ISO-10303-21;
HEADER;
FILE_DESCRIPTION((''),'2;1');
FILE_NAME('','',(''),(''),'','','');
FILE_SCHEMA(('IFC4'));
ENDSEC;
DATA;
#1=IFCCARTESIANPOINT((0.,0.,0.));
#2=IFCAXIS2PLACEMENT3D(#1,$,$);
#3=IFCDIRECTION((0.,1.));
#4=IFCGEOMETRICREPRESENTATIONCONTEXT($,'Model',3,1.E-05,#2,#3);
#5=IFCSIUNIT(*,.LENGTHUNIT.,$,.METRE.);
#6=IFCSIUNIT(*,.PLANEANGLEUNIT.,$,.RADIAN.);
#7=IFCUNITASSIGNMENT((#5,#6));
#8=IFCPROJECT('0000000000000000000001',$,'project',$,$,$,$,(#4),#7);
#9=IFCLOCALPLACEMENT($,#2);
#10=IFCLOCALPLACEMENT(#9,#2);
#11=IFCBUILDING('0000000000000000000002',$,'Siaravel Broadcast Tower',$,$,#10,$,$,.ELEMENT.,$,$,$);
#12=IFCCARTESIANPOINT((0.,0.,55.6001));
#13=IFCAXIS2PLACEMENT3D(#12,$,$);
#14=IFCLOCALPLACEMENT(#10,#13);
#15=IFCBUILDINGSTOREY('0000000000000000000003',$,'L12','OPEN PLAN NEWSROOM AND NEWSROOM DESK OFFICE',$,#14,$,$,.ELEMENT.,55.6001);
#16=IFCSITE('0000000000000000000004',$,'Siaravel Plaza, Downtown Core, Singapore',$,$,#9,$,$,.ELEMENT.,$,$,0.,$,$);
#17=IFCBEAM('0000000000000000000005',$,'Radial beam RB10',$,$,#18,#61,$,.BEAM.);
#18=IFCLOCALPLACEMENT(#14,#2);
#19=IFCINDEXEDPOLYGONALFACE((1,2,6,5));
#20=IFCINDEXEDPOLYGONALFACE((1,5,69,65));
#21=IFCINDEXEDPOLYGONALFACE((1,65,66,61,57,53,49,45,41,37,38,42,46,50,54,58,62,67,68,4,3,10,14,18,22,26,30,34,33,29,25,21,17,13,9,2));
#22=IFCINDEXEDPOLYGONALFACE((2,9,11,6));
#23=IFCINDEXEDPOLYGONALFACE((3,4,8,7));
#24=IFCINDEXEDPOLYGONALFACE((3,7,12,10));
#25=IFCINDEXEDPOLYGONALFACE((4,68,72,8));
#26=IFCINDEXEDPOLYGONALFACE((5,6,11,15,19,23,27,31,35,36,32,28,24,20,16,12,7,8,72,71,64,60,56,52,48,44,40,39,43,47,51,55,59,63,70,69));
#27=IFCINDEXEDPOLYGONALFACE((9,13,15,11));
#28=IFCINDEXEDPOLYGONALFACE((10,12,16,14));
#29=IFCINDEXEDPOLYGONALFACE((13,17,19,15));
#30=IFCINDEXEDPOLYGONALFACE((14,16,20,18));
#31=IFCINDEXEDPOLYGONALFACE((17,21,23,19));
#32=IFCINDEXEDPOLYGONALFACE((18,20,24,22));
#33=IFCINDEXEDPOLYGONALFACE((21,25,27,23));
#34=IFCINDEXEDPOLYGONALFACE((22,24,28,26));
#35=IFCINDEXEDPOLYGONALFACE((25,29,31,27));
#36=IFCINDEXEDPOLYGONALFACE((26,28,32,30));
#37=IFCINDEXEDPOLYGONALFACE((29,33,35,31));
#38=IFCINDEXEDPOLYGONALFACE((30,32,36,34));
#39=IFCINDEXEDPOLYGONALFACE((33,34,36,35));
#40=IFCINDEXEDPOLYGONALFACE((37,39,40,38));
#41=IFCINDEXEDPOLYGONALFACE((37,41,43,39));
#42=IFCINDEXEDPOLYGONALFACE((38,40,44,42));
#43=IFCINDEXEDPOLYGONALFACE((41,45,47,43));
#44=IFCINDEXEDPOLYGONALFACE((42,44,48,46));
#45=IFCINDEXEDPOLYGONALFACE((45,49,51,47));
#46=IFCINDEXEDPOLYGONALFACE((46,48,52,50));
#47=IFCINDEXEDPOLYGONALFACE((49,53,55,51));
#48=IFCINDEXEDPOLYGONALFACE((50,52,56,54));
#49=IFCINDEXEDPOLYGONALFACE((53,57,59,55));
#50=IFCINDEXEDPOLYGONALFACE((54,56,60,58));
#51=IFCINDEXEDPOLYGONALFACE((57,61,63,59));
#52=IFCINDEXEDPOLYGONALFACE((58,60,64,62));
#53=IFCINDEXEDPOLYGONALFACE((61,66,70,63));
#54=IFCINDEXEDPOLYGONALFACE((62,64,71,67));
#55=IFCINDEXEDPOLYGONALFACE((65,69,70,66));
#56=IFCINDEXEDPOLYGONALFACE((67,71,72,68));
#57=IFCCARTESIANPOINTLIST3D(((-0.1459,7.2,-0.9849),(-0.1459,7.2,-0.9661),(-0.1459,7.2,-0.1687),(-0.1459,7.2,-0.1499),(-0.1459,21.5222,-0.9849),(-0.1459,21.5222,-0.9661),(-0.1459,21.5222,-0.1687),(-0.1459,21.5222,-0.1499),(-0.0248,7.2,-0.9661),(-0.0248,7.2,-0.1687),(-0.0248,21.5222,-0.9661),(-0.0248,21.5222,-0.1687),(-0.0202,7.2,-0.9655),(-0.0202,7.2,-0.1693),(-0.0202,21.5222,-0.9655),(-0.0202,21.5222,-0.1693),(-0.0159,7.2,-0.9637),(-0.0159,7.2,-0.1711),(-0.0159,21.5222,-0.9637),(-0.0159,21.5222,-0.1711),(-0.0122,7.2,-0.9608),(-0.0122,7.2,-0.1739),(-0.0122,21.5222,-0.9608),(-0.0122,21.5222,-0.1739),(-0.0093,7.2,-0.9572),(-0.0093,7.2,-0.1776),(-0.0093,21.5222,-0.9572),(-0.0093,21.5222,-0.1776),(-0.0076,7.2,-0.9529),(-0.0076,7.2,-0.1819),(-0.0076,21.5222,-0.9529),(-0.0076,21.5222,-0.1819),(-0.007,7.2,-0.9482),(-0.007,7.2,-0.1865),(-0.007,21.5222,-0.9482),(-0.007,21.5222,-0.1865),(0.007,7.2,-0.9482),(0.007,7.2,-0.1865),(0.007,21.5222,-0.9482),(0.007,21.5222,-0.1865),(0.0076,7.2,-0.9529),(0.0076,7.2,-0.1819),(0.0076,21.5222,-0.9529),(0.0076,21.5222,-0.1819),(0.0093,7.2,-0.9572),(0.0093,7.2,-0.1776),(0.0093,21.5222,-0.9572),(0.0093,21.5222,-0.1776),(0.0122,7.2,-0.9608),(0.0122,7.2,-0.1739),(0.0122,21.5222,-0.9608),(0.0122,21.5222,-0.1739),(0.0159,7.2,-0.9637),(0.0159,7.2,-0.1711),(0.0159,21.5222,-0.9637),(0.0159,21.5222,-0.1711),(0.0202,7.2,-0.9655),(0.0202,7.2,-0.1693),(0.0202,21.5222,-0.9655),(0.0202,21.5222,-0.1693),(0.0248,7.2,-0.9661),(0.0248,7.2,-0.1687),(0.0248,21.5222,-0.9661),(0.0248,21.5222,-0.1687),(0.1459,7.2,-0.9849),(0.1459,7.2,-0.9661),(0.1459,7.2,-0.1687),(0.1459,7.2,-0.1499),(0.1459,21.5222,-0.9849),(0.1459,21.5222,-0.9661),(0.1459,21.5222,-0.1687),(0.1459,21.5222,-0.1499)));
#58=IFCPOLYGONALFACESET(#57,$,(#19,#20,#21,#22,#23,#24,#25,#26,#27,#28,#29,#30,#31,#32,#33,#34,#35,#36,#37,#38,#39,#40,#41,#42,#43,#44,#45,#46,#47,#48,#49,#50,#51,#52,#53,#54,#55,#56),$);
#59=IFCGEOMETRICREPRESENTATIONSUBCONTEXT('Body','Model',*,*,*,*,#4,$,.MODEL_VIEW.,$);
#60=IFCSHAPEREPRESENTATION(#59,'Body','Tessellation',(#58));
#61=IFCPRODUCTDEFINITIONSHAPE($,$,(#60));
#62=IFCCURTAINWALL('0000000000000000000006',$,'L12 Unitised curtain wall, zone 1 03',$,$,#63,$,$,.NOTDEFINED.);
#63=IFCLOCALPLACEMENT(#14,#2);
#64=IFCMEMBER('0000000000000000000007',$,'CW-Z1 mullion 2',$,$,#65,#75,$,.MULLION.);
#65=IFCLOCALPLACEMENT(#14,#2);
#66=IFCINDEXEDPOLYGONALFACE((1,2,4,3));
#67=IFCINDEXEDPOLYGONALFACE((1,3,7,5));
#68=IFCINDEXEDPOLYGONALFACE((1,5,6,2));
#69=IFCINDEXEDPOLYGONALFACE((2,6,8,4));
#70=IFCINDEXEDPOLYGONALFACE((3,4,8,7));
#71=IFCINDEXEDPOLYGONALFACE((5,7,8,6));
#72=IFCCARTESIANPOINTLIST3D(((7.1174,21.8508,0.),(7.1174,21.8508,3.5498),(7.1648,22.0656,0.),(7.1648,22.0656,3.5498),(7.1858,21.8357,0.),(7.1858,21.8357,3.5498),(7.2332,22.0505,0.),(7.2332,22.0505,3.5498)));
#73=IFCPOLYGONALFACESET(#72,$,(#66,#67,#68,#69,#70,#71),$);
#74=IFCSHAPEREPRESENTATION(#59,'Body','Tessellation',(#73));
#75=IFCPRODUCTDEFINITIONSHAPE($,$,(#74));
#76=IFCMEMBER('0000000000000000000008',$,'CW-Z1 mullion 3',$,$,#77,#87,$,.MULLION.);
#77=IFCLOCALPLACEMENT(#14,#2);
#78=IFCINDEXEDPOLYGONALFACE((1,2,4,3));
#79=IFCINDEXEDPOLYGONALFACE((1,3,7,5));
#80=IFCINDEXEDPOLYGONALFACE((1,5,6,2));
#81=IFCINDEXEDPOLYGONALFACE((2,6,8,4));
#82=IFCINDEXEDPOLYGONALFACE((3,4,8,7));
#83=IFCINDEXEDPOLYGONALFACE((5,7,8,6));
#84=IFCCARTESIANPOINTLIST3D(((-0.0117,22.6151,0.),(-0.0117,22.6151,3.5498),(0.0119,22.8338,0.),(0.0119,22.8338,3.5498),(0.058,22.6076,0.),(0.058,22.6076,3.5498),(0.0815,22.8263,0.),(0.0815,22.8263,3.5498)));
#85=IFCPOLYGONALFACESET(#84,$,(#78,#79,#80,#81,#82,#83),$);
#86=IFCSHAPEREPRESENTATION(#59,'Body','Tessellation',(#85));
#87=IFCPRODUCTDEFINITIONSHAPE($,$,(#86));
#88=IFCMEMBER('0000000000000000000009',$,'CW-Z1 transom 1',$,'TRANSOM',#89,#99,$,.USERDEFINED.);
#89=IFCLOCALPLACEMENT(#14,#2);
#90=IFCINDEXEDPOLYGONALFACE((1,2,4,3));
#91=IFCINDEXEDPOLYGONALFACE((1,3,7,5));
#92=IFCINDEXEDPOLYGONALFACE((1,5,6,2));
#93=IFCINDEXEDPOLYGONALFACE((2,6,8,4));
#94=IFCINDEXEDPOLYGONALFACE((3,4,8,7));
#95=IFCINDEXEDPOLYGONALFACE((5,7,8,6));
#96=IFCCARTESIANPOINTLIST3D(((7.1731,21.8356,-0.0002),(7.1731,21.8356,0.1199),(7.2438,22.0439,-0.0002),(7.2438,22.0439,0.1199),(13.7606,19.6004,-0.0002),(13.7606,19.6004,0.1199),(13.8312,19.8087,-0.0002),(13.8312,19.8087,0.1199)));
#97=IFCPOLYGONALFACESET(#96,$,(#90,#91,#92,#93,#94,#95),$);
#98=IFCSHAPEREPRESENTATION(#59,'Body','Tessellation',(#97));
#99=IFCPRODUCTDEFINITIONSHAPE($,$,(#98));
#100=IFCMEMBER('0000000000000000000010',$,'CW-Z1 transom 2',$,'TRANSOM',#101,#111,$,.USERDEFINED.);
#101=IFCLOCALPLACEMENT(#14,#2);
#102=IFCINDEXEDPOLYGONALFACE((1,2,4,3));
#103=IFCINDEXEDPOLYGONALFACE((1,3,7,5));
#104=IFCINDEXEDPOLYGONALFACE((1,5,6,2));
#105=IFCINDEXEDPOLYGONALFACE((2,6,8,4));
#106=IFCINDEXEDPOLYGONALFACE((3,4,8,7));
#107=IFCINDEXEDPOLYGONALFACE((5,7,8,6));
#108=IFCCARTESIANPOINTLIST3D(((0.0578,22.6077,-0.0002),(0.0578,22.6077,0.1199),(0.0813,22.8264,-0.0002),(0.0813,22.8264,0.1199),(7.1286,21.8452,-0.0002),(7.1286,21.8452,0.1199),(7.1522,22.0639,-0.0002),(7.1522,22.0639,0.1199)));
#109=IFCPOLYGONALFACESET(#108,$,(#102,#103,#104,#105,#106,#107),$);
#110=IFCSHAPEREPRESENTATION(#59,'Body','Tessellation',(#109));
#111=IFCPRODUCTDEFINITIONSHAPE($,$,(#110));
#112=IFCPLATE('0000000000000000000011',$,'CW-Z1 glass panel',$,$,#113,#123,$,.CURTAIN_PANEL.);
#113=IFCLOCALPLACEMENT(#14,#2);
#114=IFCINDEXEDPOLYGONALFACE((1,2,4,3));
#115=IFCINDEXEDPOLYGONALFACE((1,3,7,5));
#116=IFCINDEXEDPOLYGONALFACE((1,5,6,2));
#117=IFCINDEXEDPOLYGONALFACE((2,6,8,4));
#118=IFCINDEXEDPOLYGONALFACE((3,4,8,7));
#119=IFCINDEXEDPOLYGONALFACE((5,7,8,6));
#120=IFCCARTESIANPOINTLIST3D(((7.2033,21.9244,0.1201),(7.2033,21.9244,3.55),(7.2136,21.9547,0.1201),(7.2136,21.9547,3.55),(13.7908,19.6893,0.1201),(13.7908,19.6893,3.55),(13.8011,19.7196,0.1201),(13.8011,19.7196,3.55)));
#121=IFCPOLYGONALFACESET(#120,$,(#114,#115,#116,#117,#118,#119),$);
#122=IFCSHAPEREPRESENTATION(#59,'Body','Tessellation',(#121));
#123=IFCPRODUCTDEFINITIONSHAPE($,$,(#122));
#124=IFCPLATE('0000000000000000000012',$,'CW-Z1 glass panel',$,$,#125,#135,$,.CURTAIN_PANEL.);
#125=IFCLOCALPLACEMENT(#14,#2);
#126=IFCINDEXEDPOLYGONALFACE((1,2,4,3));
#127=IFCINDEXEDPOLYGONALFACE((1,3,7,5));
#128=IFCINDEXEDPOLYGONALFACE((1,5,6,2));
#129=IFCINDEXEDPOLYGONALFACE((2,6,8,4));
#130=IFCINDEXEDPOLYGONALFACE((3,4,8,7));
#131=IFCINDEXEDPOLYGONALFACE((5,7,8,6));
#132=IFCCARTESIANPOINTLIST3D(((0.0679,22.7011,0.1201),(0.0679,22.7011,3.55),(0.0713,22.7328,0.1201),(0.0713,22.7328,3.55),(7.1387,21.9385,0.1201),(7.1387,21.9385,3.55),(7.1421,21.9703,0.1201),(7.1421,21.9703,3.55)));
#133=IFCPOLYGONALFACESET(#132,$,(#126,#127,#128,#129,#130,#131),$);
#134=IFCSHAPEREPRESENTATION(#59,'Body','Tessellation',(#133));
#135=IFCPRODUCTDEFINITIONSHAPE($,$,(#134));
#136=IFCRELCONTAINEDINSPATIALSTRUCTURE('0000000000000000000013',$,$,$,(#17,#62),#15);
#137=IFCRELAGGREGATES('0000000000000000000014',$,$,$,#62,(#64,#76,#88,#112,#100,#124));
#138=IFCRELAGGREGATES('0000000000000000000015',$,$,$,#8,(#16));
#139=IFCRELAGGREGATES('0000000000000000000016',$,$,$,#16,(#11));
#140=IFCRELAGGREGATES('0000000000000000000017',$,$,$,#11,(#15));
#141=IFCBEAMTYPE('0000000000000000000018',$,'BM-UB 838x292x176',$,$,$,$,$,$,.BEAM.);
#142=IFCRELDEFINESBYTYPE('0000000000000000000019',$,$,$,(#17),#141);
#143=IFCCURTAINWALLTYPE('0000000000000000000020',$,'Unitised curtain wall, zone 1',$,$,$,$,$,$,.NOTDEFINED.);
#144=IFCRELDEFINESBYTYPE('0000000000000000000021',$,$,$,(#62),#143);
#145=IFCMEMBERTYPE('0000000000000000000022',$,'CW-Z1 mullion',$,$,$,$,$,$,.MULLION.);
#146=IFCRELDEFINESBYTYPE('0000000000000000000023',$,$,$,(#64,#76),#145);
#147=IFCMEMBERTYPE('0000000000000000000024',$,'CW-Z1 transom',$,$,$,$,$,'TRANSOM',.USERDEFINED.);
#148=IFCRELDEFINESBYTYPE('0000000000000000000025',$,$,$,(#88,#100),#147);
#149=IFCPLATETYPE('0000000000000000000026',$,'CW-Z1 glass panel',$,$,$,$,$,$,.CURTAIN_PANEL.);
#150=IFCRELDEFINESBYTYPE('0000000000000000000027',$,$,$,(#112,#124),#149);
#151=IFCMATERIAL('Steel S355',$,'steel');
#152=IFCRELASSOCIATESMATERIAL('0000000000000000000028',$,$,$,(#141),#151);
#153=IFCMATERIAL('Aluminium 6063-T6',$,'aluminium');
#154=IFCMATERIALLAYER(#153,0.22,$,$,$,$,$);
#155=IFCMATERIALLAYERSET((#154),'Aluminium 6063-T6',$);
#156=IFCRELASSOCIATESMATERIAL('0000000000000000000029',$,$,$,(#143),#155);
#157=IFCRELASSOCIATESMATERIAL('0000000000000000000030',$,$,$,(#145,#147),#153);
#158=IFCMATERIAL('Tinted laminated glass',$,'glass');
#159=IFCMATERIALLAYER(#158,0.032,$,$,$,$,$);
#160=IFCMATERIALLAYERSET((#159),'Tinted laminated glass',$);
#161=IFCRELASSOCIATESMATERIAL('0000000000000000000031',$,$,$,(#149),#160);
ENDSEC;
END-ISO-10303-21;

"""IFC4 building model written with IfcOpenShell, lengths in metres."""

from ifc_helpers import new_model, si_unit, direction, frame, origin, origin_2d, place, context, subcontext, project, spatial, rectangle, i_section, extrude, material, layer, layer_set, material_profile, profile_set, type_object, element, aggregate, save


model = new_model("IFC4")

# Units and contexts
model_context = context("Model", 3, precision=1e-05, world=origin(), true_north=direction((0.0, 1.0)))
body_context = subcontext(model_context, "Body", "Model", "MODEL_VIEW")
ifc_project = project(units=[si_unit("LENGTHUNIT", "METRE"), si_unit("PLANEANGLEUNIT", "RADIAN")], contexts=[model_context])

# Site, building, storey
site_placement = place(None, origin())
site = spatial("IfcSite", under=ifc_project, at=site_placement, Name="Siaravel Plaza, Downtown Core, Singapore", CompositionType="ELEMENT", RefElevation=0.0)
building_placement = place(site_placement, origin())
building = spatial("IfcBuilding", under=site, at=building_placement, Name="Siaravel Broadcast Tower", CompositionType="ELEMENT")
storey_placement = place(building_placement, frame((0.0, 0.0, 55.6001)))
storey = spatial("IfcBuildingStorey", under=building, at=storey_placement, Name="L12", Description="OPEN PLAN NEWSROOM AND NEWSROOM DESK OFFICE", CompositionType="ELEMENT", Elevation=55.6001)

# Beam
ifc_material_1 = material(Name="Steel S355", Category="steel")
ifc_material_profile_1 = material_profile(ifc_material_1, i_section(OverallWidth=0.2917, OverallDepth=0.835, WebThickness=0.0139, FlangeThickness=0.0188, FilletRadius=0.0178, at=origin_2d()))
ifc_profile_set_1 = profile_set([ifc_material_profile_1], Name="Steel S355")
beam_type = type_object("IfcBeamType", Name="BM-UB 838x292x176", PredefinedType="BEAM", material=ifc_profile_set_1)
beam_1_placement = place(storey_placement, frame((0.0, 21.5222, -0.5674), z_axis=(0.0, -1.0, 0.0), x_axis=(1.0, 0.0, 0.0)))
element("IfcBeam", 1, at=beam_1_placement, inside=storey, type_object=beam_type, Name="Radial beam RB10", PredefinedType="BEAM", context=body_context, shape_type="SweptSolid", body=[
    extrude(i_section(OverallWidth=0.2917, OverallDepth=0.835, WebThickness=0.0139, FlangeThickness=0.0188, FilletRadius=0.0178, at=origin_2d()), origin(), (0.0, 0.0, 1.0), 14.3223),
])

# Curtain wall, members, plates
ifc_material_2 = material(Name="Aluminium 6063-T6", Category="aluminium")
ifc_layer_1 = layer(ifc_material_2, 0.22)
ifc_layer_set_1 = layer_set([ifc_layer_1], Name="Aluminium 6063-T6")
curtain_wall_type = type_object("IfcCurtainWallType", Name="Unitised curtain wall, zone 1", PredefinedType="NOTDEFINED", material=ifc_layer_set_1)
curtain_wall_placement = place(storey_placement, origin())
curtain_wall = element("IfcCurtainWall", 2, at=curtain_wall_placement, inside=storey, type_object=curtain_wall_type, Name="L12 Unitised curtain wall, zone 1 03", PredefinedType="NOTDEFINED")
ifc_material_profile_2 = material_profile(ifc_material_2, rectangle(XDim=0.22, YDim=0.0701, at=origin_2d()))
ifc_profile_set_2 = profile_set([ifc_material_profile_2], Name="Aluminium 6063-T6")
member_type_1 = type_object("IfcMemberType", Name="CW-Z1 mullion", PredefinedType="MULLION", material=ifc_profile_set_2)
member_1_placement = place(storey_placement, frame((7.1753, 21.9507, 0.0), z_axis=(0.0, 0.0, 1.0), x_axis=(-0.215558, -0.976491, 0.0)))
member_1 = element("IfcMember", 3, at=member_1_placement, type_object=member_type_1, Name="CW-Z1 mullion 2", PredefinedType="MULLION", context=body_context, shape_type="SweptSolid", body=[
    extrude(rectangle(XDim=0.22, YDim=0.0701, at=origin_2d()), origin(), (0.0, 0.0, 1.0), 3.5498),
])
member_2_placement = place(storey_placement, frame((0.0349, 22.7207, 0.0), z_axis=(0.0, 0.0, 1.0), x_axis=(-0.107218, -0.994236, 0.0)))
member_2 = element("IfcMember", 4, at=member_2_placement, type_object=member_type_1, Name="CW-Z1 mullion 3", PredefinedType="MULLION", context=body_context, shape_type="SweptSolid", body=[
    extrude(rectangle(XDim=0.22, YDim=0.0701, at=origin_2d()), origin(), (0.0, 0.0, 1.0), 3.5498),
])
ifc_material_profile_3 = material_profile(ifc_material_2, rectangle(XDim=0.22, YDim=0.1201, at=origin_2d()))
ifc_profile_set_3 = profile_set([ifc_material_profile_3], Name="Aluminium 6063-T6")
member_type_2 = type_object("IfcMemberType", Name="CW-Z1 transom", ElementType="TRANSOM", PredefinedType="USERDEFINED", material=ifc_profile_set_3)
member_3_placement = place(storey_placement, frame((13.7959, 19.7046, 0.0598), z_axis=(-0.946975, 0.321309, 0.0), x_axis=(-0.321309, -0.946975, 0.0)))
member_3 = element("IfcMember", 5, at=member_3_placement, type_object=member_type_2, Name="CW-Z1 transom 1", ObjectType="TRANSOM", PredefinedType="USERDEFINED", context=body_context, shape_type="SweptSolid", body=[
    extrude(rectangle(XDim=0.22, YDim=0.1201, at=origin_2d()), origin(), (0.0, 0.0, 1.0), 6.9563),
])
member_4_placement = place(storey_placement, frame((7.1404, 21.9546, 0.0598), z_axis=(-0.994236, 0.107209, 0.0), x_axis=(-0.107209, -0.994236, 0.0)))
member_4 = element("IfcMember", 6, at=member_4_placement, type_object=member_type_2, Name="CW-Z1 transom 2", ObjectType="TRANSOM", PredefinedType="USERDEFINED", context=body_context, shape_type="SweptSolid", body=[
    extrude(rectangle(XDim=0.22, YDim=0.1201, at=origin_2d()), origin(), (0.0, 0.0, 1.0), 7.1118),
])
ifc_material_3 = material(Name="Tinted laminated glass", Category="glass")
ifc_layer_2 = layer(ifc_material_3, 0.032)
ifc_layer_set_2 = layer_set([ifc_layer_2], Name="Tinted laminated glass")
plate_type = type_object("IfcPlateType", Name="CW-Z1 glass panel", PredefinedType="CURTAIN_PANEL", material=ifc_layer_set_2)
plate_1_placement = place(storey_placement, frame((10.5022, 20.822, 0.1201), z_axis=(0.0, 0.0, 1.0), x_axis=(-0.946977, 0.321301, 0.0)))
plate_1 = element("IfcPlate", 7, at=plate_1_placement, type_object=plate_type, Name="CW-Z1 glass panel", PredefinedType="CURTAIN_PANEL", context=body_context, shape_type="SweptSolid", body=[
    extrude(rectangle(XDim=6.9563, YDim=0.032, at=origin_2d()), origin(), (0.0, 0.0, 1.0), 3.4299),
])
plate_2_placement = place(storey_placement, frame((3.605, 22.3357, 0.1201), z_axis=(0.0, 0.0, 1.0), x_axis=(-0.994236, 0.107218, 0.0)))
plate_2 = element("IfcPlate", 8, at=plate_2_placement, type_object=plate_type, Name="CW-Z1 glass panel", PredefinedType="CURTAIN_PANEL", context=body_context, shape_type="SweptSolid", body=[
    extrude(rectangle(XDim=7.1118, YDim=0.032, at=origin_2d()), origin(), (0.0, 0.0, 1.0), 3.4299),
])
aggregate(curtain_wall, [member_1, member_2, member_3, plate_1, member_4, plate_2])

save(model, "model.ifc")
